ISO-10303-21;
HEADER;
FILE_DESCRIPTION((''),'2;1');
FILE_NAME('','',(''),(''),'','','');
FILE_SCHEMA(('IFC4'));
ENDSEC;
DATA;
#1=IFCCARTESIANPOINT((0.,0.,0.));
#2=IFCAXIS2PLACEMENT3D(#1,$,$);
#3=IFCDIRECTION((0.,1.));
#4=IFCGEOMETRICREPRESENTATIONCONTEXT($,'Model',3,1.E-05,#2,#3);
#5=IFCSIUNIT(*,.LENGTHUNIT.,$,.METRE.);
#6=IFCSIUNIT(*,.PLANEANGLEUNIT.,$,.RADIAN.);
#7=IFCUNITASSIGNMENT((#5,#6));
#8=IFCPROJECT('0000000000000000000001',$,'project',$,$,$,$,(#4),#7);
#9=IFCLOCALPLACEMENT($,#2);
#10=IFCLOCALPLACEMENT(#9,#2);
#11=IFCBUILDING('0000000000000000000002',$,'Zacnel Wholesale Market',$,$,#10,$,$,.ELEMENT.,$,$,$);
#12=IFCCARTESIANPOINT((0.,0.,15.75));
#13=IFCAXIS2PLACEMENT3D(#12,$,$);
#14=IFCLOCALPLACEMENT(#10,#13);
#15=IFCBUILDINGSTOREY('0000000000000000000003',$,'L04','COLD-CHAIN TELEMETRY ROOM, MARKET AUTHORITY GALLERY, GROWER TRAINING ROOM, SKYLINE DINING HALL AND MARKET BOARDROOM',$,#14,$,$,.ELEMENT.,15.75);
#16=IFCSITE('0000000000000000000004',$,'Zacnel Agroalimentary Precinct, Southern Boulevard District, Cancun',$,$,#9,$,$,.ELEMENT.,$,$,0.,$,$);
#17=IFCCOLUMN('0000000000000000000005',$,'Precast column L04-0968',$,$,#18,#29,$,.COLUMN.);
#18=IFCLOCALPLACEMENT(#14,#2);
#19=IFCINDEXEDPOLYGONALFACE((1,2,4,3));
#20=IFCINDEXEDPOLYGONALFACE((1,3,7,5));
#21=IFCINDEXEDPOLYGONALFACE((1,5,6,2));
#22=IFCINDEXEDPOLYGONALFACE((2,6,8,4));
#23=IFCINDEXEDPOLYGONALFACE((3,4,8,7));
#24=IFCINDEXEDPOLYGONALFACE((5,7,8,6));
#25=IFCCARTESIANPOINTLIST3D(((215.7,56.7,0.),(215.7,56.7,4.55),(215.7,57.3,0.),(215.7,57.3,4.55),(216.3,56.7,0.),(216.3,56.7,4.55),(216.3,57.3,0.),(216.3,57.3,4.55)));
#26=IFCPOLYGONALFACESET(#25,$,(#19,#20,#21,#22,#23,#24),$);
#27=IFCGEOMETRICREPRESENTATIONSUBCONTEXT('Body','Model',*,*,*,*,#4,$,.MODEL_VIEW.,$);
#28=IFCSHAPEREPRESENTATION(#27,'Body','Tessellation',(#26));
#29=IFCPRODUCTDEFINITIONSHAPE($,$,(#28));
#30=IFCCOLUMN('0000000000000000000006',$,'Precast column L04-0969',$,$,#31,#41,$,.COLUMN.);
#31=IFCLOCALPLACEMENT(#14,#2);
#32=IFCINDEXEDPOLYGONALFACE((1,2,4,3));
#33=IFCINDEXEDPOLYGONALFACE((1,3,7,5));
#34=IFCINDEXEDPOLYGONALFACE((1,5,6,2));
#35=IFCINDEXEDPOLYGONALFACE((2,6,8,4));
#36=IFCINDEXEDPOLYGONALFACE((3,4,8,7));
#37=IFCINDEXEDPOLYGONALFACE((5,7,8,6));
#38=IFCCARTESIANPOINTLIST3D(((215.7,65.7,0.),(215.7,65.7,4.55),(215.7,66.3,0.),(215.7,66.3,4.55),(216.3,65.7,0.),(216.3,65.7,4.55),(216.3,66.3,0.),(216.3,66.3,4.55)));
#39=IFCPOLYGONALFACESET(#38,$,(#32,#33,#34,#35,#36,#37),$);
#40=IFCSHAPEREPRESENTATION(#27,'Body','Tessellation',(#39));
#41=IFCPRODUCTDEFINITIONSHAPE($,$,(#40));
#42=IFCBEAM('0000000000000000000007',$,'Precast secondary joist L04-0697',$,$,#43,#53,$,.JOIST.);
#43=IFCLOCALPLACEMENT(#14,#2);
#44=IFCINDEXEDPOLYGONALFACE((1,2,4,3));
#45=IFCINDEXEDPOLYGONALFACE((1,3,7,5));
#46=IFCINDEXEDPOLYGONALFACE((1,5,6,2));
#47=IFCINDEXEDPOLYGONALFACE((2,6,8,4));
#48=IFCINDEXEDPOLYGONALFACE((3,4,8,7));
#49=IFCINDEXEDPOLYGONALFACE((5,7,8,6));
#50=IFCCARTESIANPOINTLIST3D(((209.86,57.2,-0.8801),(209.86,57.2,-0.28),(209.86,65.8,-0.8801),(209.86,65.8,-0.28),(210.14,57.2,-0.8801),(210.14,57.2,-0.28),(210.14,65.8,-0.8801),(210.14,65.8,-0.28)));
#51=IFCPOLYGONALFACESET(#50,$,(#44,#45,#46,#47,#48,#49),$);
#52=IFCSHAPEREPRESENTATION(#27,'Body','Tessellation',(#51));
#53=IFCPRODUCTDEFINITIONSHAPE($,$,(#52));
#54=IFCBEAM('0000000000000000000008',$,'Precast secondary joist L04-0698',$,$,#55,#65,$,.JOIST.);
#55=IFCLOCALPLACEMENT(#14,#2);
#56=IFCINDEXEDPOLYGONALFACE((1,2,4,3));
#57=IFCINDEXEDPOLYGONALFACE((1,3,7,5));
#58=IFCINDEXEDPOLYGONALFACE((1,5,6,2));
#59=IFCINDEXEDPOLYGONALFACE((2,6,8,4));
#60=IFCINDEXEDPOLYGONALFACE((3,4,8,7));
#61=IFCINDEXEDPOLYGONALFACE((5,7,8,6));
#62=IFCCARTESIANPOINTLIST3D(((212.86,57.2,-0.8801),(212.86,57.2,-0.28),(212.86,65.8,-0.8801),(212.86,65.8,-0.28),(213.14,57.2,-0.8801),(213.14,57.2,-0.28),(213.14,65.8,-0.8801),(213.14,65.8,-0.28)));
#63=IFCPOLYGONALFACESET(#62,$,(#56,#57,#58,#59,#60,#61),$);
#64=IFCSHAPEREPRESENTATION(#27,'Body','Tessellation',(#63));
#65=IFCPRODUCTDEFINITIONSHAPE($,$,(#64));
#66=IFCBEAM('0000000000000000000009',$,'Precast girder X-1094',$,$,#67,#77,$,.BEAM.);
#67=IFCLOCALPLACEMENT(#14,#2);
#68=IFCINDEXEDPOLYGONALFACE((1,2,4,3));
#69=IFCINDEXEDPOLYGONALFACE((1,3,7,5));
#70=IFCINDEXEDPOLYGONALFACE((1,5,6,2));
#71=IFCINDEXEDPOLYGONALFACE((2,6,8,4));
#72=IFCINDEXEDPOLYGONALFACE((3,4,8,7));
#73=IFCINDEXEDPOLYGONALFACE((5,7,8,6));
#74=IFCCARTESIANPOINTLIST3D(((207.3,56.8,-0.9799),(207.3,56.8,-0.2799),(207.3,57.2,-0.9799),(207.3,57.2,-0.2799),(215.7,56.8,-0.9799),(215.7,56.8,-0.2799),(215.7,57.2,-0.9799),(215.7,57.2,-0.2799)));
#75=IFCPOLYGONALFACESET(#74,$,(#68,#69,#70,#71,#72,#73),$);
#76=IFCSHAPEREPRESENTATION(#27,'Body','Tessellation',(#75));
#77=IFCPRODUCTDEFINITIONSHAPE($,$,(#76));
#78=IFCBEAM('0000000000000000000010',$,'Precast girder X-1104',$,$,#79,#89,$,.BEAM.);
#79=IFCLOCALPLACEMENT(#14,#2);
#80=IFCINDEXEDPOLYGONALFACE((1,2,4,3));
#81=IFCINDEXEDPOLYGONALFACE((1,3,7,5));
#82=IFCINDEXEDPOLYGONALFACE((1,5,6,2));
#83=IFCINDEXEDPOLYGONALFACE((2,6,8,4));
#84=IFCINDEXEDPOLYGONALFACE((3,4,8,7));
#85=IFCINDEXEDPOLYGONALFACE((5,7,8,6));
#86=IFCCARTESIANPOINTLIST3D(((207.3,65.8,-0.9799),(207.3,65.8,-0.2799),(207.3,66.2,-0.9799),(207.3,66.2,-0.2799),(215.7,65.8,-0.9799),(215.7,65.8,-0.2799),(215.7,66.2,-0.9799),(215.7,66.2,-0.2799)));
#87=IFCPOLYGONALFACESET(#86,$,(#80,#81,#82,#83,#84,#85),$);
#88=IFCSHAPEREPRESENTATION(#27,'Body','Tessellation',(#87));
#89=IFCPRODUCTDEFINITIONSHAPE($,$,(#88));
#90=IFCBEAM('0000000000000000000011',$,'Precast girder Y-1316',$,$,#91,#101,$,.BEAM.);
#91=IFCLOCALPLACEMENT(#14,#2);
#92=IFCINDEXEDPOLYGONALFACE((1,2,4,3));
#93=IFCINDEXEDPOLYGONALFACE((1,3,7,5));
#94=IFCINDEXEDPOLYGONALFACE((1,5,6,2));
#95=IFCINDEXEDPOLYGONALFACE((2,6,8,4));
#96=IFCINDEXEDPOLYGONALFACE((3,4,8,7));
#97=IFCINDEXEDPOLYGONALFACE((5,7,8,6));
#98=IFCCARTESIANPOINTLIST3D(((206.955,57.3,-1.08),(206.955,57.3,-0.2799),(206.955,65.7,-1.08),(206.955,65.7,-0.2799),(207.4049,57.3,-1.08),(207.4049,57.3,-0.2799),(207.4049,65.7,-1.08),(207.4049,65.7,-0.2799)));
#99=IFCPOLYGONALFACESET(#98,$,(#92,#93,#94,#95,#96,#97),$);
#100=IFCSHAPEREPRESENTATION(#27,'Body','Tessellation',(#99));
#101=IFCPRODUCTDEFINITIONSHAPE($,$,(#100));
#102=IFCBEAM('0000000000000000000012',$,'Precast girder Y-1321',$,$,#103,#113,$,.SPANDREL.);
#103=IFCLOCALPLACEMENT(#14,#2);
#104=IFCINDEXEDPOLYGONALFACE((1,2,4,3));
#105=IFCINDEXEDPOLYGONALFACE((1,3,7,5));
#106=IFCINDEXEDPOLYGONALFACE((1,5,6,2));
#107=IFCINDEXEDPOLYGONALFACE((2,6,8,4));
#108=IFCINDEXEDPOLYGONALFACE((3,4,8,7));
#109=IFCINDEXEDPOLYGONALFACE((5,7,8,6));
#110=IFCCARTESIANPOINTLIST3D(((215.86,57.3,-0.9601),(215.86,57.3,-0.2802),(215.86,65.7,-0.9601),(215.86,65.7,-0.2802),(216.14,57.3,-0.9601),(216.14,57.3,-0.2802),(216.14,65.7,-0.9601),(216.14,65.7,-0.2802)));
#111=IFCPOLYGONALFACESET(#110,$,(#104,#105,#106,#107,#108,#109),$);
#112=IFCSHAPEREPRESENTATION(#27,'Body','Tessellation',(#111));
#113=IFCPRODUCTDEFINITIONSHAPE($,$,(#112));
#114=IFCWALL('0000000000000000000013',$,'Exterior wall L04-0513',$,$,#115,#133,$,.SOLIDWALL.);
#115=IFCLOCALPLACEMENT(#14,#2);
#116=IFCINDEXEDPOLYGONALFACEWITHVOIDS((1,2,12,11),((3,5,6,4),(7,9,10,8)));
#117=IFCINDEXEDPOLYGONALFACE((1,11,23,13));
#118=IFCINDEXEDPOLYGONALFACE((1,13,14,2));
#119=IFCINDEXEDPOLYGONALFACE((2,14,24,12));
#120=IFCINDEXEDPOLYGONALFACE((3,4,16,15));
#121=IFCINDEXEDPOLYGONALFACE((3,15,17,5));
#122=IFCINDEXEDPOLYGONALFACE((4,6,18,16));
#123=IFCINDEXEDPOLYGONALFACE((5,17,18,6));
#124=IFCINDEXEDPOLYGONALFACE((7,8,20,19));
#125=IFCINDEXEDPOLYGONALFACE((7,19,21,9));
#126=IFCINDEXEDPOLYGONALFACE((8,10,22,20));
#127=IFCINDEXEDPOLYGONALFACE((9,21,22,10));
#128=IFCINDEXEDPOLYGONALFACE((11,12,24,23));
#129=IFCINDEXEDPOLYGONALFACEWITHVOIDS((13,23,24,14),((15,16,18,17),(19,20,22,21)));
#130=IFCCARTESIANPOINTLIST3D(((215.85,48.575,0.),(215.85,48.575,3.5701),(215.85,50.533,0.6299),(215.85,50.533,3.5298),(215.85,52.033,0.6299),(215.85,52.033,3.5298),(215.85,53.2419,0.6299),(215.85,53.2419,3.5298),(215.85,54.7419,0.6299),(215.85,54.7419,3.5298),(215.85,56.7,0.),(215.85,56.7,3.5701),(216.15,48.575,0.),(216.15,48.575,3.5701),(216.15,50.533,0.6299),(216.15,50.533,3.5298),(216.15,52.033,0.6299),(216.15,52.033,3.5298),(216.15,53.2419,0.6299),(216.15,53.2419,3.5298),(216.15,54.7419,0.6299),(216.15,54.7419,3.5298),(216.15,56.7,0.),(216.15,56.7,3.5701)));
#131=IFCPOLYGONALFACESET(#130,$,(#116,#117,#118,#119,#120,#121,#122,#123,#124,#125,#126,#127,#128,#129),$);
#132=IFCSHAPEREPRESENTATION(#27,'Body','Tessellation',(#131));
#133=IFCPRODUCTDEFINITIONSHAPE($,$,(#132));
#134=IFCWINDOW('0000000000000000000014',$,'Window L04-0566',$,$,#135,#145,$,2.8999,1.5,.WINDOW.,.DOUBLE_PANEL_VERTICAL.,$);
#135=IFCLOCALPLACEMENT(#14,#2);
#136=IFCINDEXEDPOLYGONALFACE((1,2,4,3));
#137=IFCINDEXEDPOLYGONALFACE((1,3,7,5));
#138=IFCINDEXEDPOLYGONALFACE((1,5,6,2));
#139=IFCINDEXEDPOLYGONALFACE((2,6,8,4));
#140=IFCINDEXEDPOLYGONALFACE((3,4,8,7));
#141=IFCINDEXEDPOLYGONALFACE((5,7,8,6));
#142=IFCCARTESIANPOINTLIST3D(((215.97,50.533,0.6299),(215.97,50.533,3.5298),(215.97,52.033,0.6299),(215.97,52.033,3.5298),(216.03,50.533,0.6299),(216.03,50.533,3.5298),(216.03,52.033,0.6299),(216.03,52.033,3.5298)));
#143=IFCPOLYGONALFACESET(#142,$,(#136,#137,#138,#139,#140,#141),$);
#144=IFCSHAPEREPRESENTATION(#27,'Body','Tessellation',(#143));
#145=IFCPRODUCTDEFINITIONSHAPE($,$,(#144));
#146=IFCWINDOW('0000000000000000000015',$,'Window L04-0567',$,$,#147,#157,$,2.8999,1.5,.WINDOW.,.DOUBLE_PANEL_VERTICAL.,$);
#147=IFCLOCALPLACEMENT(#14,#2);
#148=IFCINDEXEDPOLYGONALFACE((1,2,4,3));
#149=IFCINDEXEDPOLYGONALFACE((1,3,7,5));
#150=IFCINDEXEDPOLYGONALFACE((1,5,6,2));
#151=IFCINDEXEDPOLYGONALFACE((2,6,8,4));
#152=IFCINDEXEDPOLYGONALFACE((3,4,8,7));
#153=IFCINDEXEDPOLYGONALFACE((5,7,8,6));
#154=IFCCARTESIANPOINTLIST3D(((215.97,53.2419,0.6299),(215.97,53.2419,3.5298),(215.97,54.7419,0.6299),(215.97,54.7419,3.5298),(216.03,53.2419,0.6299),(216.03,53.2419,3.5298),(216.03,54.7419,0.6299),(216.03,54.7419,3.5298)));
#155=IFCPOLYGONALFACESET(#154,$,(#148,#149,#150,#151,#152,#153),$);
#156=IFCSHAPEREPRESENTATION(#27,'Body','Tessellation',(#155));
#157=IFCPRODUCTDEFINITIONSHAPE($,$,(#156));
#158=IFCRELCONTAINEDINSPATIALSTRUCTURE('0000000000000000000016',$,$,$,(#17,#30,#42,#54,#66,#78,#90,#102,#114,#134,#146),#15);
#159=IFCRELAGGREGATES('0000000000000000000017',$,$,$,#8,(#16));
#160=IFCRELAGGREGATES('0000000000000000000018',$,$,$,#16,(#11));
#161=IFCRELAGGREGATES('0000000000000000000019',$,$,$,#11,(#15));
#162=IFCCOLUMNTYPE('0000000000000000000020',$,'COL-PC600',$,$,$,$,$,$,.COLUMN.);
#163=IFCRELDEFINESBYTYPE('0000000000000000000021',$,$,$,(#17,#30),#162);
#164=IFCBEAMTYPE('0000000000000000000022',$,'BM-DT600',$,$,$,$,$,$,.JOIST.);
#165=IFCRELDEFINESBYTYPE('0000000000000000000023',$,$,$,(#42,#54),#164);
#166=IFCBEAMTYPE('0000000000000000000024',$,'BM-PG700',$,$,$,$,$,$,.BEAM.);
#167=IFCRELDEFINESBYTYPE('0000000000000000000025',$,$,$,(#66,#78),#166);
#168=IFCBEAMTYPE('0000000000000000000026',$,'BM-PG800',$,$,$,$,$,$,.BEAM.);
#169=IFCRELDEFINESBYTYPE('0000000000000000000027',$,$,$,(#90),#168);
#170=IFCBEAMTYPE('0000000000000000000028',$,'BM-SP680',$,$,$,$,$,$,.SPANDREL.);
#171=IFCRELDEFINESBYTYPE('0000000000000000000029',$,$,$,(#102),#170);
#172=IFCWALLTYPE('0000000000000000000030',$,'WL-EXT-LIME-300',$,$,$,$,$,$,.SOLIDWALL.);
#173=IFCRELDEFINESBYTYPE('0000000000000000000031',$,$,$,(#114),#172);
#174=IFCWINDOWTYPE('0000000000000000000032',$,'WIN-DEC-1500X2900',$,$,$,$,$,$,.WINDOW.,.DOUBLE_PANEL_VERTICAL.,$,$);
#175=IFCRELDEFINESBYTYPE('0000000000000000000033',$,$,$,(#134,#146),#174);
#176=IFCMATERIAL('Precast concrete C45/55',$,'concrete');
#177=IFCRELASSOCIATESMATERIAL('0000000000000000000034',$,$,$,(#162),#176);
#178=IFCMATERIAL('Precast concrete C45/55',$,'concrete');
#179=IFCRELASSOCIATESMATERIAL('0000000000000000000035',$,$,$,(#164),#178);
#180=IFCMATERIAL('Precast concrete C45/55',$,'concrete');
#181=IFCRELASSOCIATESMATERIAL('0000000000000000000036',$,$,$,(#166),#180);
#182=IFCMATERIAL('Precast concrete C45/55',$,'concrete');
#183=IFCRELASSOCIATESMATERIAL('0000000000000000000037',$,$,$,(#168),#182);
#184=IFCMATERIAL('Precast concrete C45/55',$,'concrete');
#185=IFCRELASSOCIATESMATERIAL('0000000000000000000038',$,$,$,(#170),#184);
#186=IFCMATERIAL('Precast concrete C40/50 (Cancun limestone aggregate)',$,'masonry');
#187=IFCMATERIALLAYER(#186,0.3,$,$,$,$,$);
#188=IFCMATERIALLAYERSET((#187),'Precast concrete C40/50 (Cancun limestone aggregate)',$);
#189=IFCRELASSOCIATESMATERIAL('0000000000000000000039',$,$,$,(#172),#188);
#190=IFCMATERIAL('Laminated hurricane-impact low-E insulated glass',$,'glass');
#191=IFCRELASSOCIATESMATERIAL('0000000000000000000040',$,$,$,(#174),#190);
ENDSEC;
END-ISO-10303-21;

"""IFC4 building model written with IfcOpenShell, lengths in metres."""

from ifc_helpers import new_model, si_unit, direction, frame, frame_2d, origin, origin_2d, place, context, subcontext, project, spatial, rectangle, extrude, material, layer, layer_set, material_profile, profile_set, type_object, element, fill, save


model = new_model("IFC4")

# Units and contexts
model_context = context("Model", 3, precision=1e-05, world=origin(), true_north=direction((0.0, 1.0)))
body_context = subcontext(model_context, "Body", "Model", "MODEL_VIEW")
ifc_project = project(units=[si_unit("LENGTHUNIT", "METRE"), si_unit("PLANEANGLEUNIT", "RADIAN")], contexts=[model_context])

# Site, building, storey
site_placement = place(None, origin())
site = spatial("IfcSite", under=ifc_project, at=site_placement, Name="Zacnel Agroalimentary Precinct, Southern Boulevard District, Cancun", CompositionType="ELEMENT", RefElevation=0.0)
building_placement = place(site_placement, origin())
building = spatial("IfcBuilding", under=site, at=building_placement, Name="Zacnel Wholesale Market", CompositionType="ELEMENT")
storey_placement = place(building_placement, frame((0.0, 0.0, 15.75)))
storey = spatial("IfcBuildingStorey", under=building, at=storey_placement, Name="L04", Description="COLD-CHAIN TELEMETRY ROOM, MARKET AUTHORITY GALLERY, GROWER TRAINING ROOM, SKYLINE DINING HALL AND MARKET BOARDROOM", CompositionType="ELEMENT", Elevation=15.75)

# Columns
ifc_material_1 = material(Name="Precast concrete C45/55", Category="concrete")
ifc_material_profile_1 = material_profile(ifc_material_1, rectangle(XDim=0.6001, YDim=0.6001, at=origin_2d()), Name="PC 600x600")
ifc_profile_set_1 = profile_set([ifc_material_profile_1], Name="Precast concrete C45/55")
column_type = type_object("IfcColumnType", Name="COL-PC600", PredefinedType="COLUMN", material=ifc_profile_set_1)
for number, where, z_axis, x_axis, name in (
    (1, (216.0, 57.0, 0.0), (0.0, 0.0, 1.0), (1.0, 0.0, 0.0), "Precast column L04-0968"),
    (2, (216.0, 66.0, 0.0), (0.0, 0.0, 1.0), (1.0, 0.0, 0.0), "Precast column L04-0969"),
):
    element("IfcColumn", number, at=place(storey_placement, frame(where, z_axis=z_axis, x_axis=x_axis)), inside=storey, type_object=column_type, Name=name, PredefinedType="COLUMN", context=body_context, shape_type="SweptSolid", body=[
        extrude(rectangle(XDim=0.6001, YDim=0.6001, at=origin_2d()), origin(), (0.0, 0.0, 1.0), 4.55),
    ])

# Beams
ifc_material_2 = material(Name="Precast concrete C45/55", Category="concrete")
ifc_material_profile_2 = material_profile(ifc_material_2, rectangle(XDim=0.28, YDim=0.6001, at=origin_2d()), Name="DT RIB 280x600")
ifc_profile_set_2 = profile_set([ifc_material_profile_2], Name="Precast concrete C45/55")
beam_type_1 = type_object("IfcBeamType", Name="BM-DT600", PredefinedType="JOIST", material=ifc_profile_set_2)
for number, where, z_axis, x_axis, name in (
    (3, (210.0, 57.2, -0.5801), (0.0, 1.0, 0.0), (-1.0, 0.0, 0.0), "Precast secondary joist L04-0697"),
    (4, (213.0, 57.2, -0.5801), (0.0, 1.0, 0.0), (-1.0, 0.0, 0.0), "Precast secondary joist L04-0698"),
):
    element("IfcBeam", number, at=place(storey_placement, frame(where, z_axis=z_axis, x_axis=x_axis)), inside=storey, type_object=beam_type_1, Name=name, PredefinedType="JOIST", context=body_context, shape_type="SweptSolid", body=[
        extrude(rectangle(XDim=0.28, YDim=0.6001, at=origin_2d()), origin(), (0.0, 0.0, 1.0), 8.6001),
    ])
ifc_material_3 = material(Name="Precast concrete C45/55", Category="concrete")
ifc_material_profile_3 = material_profile(ifc_material_3, rectangle(XDim=0.3999, YDim=0.7, at=origin_2d()), Name="PG 400x700")
ifc_profile_set_3 = profile_set([ifc_material_profile_3], Name="Precast concrete C45/55")
beam_type_2 = type_object("IfcBeamType", Name="BM-PG700", PredefinedType="BEAM", material=ifc_profile_set_3)
for number, where, z_axis, x_axis, name in (
    (5, (207.3, 57.0, -0.6299), (1.0, 0.0, 0.0), (0.0, 1.0, 0.0), "Precast girder X-1094"),
    (6, (207.3, 66.0, -0.6299), (1.0, 0.0, 0.0), (0.0, 1.0, 0.0), "Precast girder X-1104"),
):
    element("IfcBeam", number, at=place(storey_placement, frame(where, z_axis=z_axis, x_axis=x_axis)), inside=storey, type_object=beam_type_2, Name=name, PredefinedType="BEAM", context=body_context, shape_type="SweptSolid", body=[
        extrude(rectangle(XDim=0.3999, YDim=0.7, at=origin_2d()), origin(), (0.0, 0.0, 1.0), 8.3999),
    ])
ifc_material_4 = material(Name="Precast concrete C45/55", Category="concrete")
ifc_material_profile_4 = material_profile(ifc_material_4, rectangle(XDim=0.45, YDim=0.8, at=origin_2d()), Name="PG 450x800")
ifc_profile_set_4 = profile_set([ifc_material_profile_4], Name="Precast concrete C45/55")
beam_type_3 = type_object("IfcBeamType", Name="BM-PG800", PredefinedType="BEAM", material=ifc_profile_set_4)
beam_1_placement = place(storey_placement, frame((207.1799, 57.3, -0.6799), z_axis=(0.0, 1.0, 0.0), x_axis=(-1.0, 0.0, 0.0)))
element("IfcBeam", 7, at=beam_1_placement, inside=storey, type_object=beam_type_3, Name="Precast girder Y-1316", PredefinedType="BEAM", context=body_context, shape_type="SweptSolid", body=[
    extrude(rectangle(XDim=0.45, YDim=0.8, at=origin_2d()), origin(), (0.0, 0.0, 1.0), 8.3999),
])
ifc_material_5 = material(Name="Precast concrete C45/55", Category="concrete")
ifc_material_profile_5 = material_profile(ifc_material_5, rectangle(XDim=0.28, YDim=0.6799, at=origin_2d()), Name="SP 280x680")
ifc_profile_set_5 = profile_set([ifc_material_profile_5], Name="Precast concrete C45/55")
beam_type_4 = type_object("IfcBeamType", Name="BM-SP680", PredefinedType="SPANDREL", material=ifc_profile_set_5)
beam_2_placement = place(storey_placement, frame((216.0, 57.3, -0.6201), z_axis=(0.0, 1.0, 0.0), x_axis=(-1.0, 0.0, 0.0)))
element("IfcBeam", 8, at=beam_2_placement, inside=storey, type_object=beam_type_4, Name="Precast girder Y-1321", PredefinedType="SPANDREL", context=body_context, shape_type="SweptSolid", body=[
    extrude(rectangle(XDim=0.28, YDim=0.6799, at=origin_2d()), origin(), (0.0, 0.0, 1.0), 8.3999),
])

# Wall, openings, windows
ifc_material_6 = material(Name="Precast concrete C40/50 (Cancun limestone aggregate)", Category="masonry")
ifc_layer_1 = layer(ifc_material_6, 0.3)
ifc_layer_set_1 = layer_set([ifc_layer_1], Name="Precast concrete C40/50 (Cancun limestone aggregate)")
wall_type = type_object("IfcWallType", Name="WL-EXT-LIME-300", PredefinedType="SOLIDWALL", material=ifc_layer_set_1)
wall_1_placement = place(storey_placement, frame((216.0, 48.575, 0.0), z_axis=(0.0, 0.0, 1.0), x_axis=(0.0, 1.0, 0.0)))
wall_1 = element("IfcWall", 9, at=wall_1_placement, inside=storey, type_object=wall_type, Name="Exterior wall L04-0513", PredefinedType="SOLIDWALL", context=body_context, shape_type="SweptSolid", body=[
    extrude(rectangle(XDim=8.125, YDim=0.3, at=frame_2d((4.0625, 0.0))), origin(), (0.0, 0.0, 1.0), 3.5701),
])
opening_1_placement = place(wall_1_placement, frame((1.958, 0.0, 0.6299)))
opening_1 = element("IfcOpeningElement", 10, at=opening_1_placement, cuts=wall_1, PredefinedType="OPENING", context=body_context, shape_type="SweptSolid", body=[
    extrude(rectangle(XDim=1.5, YDim=2.8999, at=frame_2d((0.75, 1.45))), frame((0.0, 0.1599, 0.0), z_axis=(0.0, -1.0, 0.0), x_axis=(1.0, 0.0, 0.0)), (0.0, 0.0, 1.0), 0.3201),
])
opening_2_placement = place(wall_1_placement, frame((4.667, 0.0, 0.6299)))
opening_2 = element("IfcOpeningElement", 11, at=opening_2_placement, cuts=wall_1, PredefinedType="OPENING", context=body_context, shape_type="SweptSolid", body=[
    extrude(rectangle(XDim=1.5, YDim=2.8999, at=frame_2d((0.75, 1.45))), frame((0.0, 0.1599, 0.0), z_axis=(0.0, -1.0, 0.0), x_axis=(1.0, 0.0, 0.0)), (0.0, 0.0, 1.0), 0.3201),
])
ifc_material_7 = material(Name="Laminated hurricane-impact low-E insulated glass", Category="glass")
window_type = type_object("IfcWindowType", Name="WIN-DEC-1500X2900", PartitioningType="DOUBLE_PANEL_VERTICAL", PredefinedType="WINDOW", material=ifc_material_7)
window_1_placement = place(opening_1_placement, origin())
window_1 = element("IfcWindow", 12, at=window_1_placement, inside=storey, type_object=window_type, Name="Window L04-0566", OverallHeight=2.8999, OverallWidth=1.5, PartitioningType="DOUBLE_PANEL_VERTICAL", PredefinedType="WINDOW", context=body_context, shape_type="SweptSolid", body=[
    extrude(rectangle(XDim=1.5, YDim=2.8999, at=frame_2d((0.75, 1.45))), frame((0.0, 0.03, 0.0), z_axis=(0.0, -1.0, 0.0), x_axis=(1.0, 0.0, 0.0)), (0.0, 0.0, 1.0), 0.0601),
])
fill(opening_1, window_1)
window_2_placement = place(opening_2_placement, origin())
window_2 = element("IfcWindow", 13, at=window_2_placement, inside=storey, type_object=window_type, Name="Window L04-0567", OverallHeight=2.8999, OverallWidth=1.5, PartitioningType="DOUBLE_PANEL_VERTICAL", PredefinedType="WINDOW", context=body_context, shape_type="SweptSolid", body=[
    extrude(rectangle(XDim=1.5, YDim=2.8999, at=frame_2d((0.75, 1.45))), frame((0.0, 0.03, 0.0), z_axis=(0.0, -1.0, 0.0), x_axis=(1.0, 0.0, 0.0)), (0.0, 0.0, 1.0), 0.0601),
])
fill(opening_2, window_2)

save(model, "model.ifc")
